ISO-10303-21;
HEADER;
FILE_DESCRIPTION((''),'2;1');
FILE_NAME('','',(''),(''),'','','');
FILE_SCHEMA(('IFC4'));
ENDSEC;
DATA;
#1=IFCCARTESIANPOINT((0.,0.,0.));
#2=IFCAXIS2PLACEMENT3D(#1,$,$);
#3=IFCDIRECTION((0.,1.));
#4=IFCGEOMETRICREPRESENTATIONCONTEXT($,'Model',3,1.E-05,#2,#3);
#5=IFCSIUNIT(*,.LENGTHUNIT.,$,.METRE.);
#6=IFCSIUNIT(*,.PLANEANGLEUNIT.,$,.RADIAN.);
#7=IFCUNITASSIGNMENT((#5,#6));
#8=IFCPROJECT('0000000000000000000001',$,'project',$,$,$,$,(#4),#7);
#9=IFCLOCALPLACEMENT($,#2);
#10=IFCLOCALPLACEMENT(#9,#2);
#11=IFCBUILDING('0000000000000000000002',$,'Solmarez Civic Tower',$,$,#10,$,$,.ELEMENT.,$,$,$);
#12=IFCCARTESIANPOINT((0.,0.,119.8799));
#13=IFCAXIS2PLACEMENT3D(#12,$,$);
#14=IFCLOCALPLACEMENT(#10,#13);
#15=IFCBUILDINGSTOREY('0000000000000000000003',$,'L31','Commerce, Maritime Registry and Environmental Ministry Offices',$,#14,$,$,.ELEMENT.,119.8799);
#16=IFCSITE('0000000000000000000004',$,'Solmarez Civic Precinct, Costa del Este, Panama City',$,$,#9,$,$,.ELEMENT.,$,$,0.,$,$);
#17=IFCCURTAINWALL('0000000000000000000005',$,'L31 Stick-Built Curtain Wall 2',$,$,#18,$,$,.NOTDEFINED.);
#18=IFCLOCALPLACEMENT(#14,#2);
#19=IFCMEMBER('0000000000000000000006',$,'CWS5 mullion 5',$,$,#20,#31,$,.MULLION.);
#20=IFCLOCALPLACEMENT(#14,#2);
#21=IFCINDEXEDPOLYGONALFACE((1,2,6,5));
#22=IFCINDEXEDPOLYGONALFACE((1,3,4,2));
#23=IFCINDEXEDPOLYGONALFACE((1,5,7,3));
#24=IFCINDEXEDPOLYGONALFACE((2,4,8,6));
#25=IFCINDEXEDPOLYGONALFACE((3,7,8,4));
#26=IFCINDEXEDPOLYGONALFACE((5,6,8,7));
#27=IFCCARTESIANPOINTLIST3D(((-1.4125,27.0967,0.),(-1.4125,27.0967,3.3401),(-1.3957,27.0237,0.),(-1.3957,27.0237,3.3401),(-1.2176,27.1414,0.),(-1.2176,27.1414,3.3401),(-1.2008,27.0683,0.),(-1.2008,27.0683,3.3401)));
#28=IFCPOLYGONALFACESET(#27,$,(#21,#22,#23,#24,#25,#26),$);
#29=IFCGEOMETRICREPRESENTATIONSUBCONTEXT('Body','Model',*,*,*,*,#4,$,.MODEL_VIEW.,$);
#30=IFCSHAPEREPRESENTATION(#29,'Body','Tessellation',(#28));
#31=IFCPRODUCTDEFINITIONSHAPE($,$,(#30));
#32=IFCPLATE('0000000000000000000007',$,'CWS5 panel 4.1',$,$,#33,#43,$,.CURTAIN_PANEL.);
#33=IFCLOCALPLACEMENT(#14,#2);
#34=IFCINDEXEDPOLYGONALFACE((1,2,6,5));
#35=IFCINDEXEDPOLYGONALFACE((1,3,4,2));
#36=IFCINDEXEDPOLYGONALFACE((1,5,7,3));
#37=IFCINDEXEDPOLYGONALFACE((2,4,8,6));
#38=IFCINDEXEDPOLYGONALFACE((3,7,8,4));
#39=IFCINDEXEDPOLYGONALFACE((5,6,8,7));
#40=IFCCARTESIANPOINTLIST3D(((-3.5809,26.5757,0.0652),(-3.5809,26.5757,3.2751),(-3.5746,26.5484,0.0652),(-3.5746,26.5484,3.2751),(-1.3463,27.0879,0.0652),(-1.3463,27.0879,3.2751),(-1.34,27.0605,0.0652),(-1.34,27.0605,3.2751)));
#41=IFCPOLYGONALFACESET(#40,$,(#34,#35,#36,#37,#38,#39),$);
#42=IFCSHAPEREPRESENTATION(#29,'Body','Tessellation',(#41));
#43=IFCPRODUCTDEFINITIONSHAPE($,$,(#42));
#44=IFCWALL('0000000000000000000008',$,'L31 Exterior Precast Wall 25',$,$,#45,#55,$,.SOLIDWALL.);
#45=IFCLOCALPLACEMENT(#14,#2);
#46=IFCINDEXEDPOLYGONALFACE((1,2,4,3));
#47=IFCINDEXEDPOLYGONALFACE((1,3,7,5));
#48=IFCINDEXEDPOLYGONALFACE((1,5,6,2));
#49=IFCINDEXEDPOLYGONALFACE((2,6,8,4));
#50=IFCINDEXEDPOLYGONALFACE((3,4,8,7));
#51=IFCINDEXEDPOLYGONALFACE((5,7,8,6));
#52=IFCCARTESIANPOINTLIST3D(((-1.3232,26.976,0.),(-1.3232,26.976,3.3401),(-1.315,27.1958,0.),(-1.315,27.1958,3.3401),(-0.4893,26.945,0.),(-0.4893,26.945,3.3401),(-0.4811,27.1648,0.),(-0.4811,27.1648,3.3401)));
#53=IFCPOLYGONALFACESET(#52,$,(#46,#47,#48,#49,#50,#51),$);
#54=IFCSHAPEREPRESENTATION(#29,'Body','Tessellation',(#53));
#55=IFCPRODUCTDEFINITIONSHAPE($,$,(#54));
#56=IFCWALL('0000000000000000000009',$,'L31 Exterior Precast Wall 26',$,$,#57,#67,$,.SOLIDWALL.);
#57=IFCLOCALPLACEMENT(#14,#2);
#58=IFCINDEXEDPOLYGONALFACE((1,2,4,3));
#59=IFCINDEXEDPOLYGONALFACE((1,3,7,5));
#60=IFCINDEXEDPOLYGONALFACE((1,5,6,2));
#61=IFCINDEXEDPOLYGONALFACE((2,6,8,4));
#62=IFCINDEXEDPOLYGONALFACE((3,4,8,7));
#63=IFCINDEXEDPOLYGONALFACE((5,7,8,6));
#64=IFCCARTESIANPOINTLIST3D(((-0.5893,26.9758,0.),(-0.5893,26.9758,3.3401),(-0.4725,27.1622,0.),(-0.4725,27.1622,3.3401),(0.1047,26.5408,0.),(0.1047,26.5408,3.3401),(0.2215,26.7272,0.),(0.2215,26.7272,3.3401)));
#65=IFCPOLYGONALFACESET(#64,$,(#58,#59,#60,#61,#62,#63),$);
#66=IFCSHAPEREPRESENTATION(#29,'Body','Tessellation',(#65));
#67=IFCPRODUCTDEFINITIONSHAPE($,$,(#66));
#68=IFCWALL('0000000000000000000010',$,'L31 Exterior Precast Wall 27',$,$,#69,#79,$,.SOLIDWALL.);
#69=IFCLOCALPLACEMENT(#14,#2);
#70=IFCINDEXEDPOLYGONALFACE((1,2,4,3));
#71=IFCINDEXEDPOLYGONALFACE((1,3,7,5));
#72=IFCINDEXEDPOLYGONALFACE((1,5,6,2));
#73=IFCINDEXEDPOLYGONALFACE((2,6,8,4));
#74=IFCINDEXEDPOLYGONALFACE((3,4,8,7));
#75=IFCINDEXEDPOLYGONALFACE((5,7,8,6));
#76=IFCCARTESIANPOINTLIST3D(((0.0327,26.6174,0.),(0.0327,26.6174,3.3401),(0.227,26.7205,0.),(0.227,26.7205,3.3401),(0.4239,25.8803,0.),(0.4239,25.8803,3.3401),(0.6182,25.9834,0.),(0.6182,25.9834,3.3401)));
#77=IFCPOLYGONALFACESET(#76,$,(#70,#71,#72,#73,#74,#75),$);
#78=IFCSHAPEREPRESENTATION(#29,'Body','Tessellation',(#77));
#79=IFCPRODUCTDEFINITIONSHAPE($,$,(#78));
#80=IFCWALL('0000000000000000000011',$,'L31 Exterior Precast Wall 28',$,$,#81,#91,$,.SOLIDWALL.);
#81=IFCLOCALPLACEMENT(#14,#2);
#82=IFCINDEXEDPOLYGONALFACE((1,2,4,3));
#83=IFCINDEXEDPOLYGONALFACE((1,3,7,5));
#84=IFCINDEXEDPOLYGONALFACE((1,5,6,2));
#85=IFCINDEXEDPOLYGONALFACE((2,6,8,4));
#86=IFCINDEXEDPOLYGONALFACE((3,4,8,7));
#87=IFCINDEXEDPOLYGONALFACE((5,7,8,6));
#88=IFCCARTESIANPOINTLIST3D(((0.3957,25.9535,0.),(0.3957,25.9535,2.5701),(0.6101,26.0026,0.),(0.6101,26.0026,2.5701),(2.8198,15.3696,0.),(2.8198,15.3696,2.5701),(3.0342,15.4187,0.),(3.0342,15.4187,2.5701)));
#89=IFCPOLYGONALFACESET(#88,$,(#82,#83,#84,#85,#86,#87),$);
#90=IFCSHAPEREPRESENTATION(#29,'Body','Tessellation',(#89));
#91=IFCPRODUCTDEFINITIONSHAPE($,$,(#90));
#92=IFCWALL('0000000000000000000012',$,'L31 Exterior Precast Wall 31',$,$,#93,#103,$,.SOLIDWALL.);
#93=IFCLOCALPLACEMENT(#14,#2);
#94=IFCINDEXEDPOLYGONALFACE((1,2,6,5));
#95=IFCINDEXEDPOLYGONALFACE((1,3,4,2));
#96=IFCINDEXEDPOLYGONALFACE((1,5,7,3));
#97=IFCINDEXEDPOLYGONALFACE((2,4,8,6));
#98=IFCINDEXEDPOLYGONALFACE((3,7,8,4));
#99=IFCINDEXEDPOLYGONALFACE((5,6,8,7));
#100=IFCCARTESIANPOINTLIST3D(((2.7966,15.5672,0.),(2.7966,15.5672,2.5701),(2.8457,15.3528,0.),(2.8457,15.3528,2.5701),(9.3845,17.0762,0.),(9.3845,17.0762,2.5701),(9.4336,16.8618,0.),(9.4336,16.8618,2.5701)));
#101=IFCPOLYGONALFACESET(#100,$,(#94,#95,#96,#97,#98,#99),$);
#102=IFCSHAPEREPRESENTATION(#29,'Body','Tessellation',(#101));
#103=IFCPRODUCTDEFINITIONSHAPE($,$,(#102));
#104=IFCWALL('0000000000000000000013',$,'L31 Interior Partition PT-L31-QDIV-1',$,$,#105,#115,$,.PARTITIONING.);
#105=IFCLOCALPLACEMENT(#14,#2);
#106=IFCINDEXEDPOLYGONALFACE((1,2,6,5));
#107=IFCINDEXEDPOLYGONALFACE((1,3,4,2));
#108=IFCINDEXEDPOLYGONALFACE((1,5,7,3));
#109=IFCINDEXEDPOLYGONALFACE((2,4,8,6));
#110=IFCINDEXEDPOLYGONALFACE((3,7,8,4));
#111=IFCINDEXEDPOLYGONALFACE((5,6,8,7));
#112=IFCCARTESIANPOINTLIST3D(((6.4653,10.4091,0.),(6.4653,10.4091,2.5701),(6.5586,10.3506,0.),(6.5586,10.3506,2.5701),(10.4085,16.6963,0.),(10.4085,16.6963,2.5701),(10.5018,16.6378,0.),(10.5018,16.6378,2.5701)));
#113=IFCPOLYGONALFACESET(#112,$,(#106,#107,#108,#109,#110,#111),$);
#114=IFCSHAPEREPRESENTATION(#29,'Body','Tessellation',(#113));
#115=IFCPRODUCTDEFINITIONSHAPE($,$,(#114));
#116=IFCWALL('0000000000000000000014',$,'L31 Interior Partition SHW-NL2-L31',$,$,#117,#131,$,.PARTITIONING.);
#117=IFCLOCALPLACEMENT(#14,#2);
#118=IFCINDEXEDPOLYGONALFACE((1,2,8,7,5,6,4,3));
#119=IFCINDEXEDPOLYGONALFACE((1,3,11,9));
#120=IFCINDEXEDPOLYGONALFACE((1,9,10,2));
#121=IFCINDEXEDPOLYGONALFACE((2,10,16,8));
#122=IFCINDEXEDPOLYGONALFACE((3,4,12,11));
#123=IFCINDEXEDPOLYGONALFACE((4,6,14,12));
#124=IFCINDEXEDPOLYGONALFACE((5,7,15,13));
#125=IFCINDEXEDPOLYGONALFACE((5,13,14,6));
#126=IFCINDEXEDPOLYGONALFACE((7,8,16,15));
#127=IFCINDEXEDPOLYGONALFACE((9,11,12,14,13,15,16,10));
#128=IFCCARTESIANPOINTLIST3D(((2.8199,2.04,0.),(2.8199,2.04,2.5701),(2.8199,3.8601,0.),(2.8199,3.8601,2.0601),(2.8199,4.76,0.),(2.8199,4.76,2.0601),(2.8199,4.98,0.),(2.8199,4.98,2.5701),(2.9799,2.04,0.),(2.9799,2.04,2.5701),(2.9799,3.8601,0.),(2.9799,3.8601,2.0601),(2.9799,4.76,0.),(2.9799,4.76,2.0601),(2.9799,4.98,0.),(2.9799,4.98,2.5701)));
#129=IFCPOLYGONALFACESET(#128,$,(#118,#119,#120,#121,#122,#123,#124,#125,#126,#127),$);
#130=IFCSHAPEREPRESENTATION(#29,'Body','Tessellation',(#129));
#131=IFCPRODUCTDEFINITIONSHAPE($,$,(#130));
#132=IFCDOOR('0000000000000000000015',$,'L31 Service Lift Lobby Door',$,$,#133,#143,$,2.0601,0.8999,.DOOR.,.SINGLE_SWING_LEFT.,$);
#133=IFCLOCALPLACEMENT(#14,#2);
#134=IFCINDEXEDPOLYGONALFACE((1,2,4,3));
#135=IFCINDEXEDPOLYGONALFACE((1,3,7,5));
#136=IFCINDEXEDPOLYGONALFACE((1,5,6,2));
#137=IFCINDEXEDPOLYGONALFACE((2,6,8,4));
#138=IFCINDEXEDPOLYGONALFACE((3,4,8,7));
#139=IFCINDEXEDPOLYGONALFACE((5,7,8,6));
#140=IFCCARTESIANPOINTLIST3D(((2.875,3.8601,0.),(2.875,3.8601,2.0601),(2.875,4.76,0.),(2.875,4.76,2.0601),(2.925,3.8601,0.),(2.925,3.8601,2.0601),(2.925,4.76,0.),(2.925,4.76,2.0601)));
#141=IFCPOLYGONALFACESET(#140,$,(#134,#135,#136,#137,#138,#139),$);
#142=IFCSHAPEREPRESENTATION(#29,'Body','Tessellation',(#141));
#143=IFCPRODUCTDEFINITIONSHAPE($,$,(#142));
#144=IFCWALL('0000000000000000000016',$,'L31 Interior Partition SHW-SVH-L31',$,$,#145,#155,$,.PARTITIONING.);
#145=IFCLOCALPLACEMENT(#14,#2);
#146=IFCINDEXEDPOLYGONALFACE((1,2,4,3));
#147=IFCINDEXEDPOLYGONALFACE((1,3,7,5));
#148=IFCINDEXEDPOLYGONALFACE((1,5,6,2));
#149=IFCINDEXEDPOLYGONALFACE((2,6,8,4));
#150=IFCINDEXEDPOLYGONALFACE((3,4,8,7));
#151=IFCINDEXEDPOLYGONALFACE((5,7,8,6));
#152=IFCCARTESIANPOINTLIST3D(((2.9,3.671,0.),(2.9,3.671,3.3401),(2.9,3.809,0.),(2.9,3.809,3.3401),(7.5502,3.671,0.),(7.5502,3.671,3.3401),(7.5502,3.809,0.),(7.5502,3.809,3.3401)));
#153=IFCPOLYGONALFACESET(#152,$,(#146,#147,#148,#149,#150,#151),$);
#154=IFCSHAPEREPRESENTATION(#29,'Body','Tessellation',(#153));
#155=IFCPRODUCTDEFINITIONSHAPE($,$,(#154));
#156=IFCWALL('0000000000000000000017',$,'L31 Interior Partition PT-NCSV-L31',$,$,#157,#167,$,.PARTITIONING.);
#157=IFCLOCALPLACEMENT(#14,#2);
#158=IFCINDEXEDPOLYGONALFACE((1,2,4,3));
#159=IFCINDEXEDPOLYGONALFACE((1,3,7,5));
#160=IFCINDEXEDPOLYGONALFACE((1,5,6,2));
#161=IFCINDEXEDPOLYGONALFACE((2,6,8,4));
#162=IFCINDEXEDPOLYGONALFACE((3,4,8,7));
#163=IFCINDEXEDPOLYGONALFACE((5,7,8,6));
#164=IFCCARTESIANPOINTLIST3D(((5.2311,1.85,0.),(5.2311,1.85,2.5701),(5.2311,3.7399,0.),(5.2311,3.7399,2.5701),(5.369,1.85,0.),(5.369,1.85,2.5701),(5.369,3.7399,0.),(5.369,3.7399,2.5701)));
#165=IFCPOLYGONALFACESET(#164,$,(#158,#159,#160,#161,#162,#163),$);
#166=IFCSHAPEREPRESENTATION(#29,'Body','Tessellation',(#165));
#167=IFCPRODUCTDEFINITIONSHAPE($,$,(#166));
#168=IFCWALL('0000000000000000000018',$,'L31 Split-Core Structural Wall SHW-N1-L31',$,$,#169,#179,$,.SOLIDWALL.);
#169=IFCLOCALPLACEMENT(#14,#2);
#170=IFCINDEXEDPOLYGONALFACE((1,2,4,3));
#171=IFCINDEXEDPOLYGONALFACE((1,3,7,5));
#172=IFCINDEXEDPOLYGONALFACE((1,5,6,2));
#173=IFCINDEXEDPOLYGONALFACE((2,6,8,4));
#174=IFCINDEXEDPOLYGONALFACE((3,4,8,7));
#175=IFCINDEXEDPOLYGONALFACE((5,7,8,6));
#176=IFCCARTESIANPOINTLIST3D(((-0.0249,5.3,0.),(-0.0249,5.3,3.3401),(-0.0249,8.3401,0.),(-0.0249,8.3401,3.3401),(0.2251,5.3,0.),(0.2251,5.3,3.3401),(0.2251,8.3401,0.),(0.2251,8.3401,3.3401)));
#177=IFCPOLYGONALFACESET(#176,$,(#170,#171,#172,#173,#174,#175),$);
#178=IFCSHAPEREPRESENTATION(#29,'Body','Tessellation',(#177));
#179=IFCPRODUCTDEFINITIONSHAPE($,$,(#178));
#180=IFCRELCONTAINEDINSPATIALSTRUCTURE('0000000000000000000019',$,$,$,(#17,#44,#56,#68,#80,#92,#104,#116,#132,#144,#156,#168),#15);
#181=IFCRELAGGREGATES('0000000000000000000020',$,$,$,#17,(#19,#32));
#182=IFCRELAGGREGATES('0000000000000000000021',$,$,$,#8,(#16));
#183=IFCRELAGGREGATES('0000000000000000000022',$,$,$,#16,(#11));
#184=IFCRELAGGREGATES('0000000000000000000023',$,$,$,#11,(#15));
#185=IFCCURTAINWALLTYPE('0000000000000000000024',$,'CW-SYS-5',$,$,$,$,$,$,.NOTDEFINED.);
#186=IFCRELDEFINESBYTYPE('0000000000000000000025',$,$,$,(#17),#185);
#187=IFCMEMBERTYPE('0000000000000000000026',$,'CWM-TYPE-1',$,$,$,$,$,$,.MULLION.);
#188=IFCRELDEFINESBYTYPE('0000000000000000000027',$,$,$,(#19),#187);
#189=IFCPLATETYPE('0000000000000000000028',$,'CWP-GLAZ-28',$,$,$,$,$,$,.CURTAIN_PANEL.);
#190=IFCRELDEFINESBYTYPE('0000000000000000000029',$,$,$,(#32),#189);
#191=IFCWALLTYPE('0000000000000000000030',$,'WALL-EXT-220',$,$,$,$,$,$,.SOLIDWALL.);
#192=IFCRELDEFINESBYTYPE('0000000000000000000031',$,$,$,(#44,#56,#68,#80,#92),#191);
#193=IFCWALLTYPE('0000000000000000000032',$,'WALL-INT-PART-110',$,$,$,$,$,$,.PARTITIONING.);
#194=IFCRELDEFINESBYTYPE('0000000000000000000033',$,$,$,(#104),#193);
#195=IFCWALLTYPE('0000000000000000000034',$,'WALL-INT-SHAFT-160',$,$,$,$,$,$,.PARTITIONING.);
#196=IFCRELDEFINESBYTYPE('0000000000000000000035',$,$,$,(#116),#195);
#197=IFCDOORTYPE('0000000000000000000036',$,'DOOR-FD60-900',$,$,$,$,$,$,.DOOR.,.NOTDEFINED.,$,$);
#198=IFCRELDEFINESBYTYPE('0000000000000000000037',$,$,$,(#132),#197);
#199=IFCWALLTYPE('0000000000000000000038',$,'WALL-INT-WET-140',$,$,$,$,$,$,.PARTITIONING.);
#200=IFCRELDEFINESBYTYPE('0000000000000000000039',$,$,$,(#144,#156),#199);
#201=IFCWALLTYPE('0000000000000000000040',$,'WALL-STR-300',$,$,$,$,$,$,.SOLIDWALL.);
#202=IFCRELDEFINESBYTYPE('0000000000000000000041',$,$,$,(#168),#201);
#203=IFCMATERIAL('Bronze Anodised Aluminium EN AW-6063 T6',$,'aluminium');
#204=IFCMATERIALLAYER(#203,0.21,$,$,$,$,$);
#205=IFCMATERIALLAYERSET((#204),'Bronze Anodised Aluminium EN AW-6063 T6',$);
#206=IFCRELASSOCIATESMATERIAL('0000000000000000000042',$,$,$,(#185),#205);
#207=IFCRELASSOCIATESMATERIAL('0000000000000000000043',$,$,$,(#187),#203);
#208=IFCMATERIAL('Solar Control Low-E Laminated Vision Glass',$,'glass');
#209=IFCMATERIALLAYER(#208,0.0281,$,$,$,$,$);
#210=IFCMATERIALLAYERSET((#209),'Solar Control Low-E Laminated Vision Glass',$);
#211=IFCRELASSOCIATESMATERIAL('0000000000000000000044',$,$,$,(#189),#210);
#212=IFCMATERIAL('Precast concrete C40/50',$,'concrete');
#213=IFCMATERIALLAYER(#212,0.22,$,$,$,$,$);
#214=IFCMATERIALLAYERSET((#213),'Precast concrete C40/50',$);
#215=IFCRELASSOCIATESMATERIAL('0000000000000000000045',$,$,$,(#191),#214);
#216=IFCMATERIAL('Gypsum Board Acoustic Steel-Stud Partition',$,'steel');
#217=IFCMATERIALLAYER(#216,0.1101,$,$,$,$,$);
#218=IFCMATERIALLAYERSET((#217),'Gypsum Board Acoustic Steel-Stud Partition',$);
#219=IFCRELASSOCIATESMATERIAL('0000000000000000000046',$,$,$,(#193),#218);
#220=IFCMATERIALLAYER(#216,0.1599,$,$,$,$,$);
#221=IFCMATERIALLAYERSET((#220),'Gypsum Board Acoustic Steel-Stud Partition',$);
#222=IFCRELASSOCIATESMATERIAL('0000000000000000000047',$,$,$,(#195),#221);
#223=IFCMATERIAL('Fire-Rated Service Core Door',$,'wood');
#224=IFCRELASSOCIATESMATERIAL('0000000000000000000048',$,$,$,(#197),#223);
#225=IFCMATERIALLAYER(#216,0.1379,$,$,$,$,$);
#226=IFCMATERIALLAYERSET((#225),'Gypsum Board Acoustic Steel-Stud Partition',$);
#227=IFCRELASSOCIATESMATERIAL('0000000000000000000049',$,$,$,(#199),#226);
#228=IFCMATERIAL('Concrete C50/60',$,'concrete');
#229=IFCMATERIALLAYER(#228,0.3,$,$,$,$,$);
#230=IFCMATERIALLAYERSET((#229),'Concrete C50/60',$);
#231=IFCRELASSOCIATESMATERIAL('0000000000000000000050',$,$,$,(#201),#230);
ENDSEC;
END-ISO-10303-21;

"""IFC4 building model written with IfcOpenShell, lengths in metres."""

from ifc_helpers import new_model, si_unit, direction, frame, frame_2d, origin, origin_2d, place, context, subcontext, project, spatial, rectangle, extrude, material, layer, layer_set, material_profile, profile_set, type_object, element, fill, aggregate, save


model = new_model("IFC4")

# Units and contexts
model_context = context("Model", 3, precision=1e-05, world=origin(), true_north=direction((0.0, 1.0)))
body_context = subcontext(model_context, "Body", "Model", "MODEL_VIEW")
ifc_project = project(units=[si_unit("LENGTHUNIT", "METRE"), si_unit("PLANEANGLEUNIT", "RADIAN")], contexts=[model_context])

# Site, building, storey
site_placement = place(None, origin())
site = spatial("IfcSite", under=ifc_project, at=site_placement, Name="Solmarez Civic Precinct, Costa del Este, Panama City", CompositionType="ELEMENT", RefElevation=0.0)
building_placement = place(site_placement, origin())
building = spatial("IfcBuilding", under=site, at=building_placement, Name="Solmarez Civic Tower", CompositionType="ELEMENT")
storey_placement = place(building_placement, frame((0.0, 0.0, 119.8799)))
storey = spatial("IfcBuildingStorey", under=building, at=storey_placement, Name="L31", Description="Commerce, Maritime Registry and Environmental Ministry Offices", CompositionType="ELEMENT", Elevation=119.8799)

# Shared definitions
ifc_material_1 = material(Name="Concrete C50/60", Category="concrete")

# Curtain wall, member, plate
ifc_material_2 = material(Name="Bronze Anodised Aluminium EN AW-6063 T6", Category="aluminium")
ifc_layer_1 = layer(ifc_material_2, 0.21)
ifc_layer_set_1 = layer_set([ifc_layer_1], Name="Bronze Anodised Aluminium EN AW-6063 T6")
curtain_wall_type = type_object("IfcCurtainWallType", Name="CW-SYS-5", PredefinedType="NOTDEFINED", material=ifc_layer_set_1)
curtain_wall_placement = place(storey_placement, origin())
curtain_wall = element("IfcCurtainWall", 1, at=curtain_wall_placement, inside=storey, type_object=curtain_wall_type, Name="L31 Stick-Built Curtain Wall 2", PredefinedType="NOTDEFINED")
ifc_material_profile_1 = material_profile(ifc_material_2, rectangle(XDim=0.075, YDim=0.2, at=origin_2d()), Name="CWM-75X200")
ifc_profile_set_1 = profile_set([ifc_material_profile_1], Name="Bronze Anodised Aluminium EN AW-6063 T6")
member_type = type_object("IfcMemberType", Name="CWM-TYPE-1", PredefinedType="MULLION", material=ifc_profile_set_1)
member_placement = place(storey_placement, frame((-1.3066, 27.0825, 0.0), z_axis=(0.0, 0.0, 1.0), x_axis=(-0.223386, 0.97473, 0.0)))
member = element("IfcMember", 2, at=member_placement, type_object=member_type, Name="CWS5 mullion 5", PredefinedType="MULLION", context=body_context, shape_type="SweptSolid", body=[
    extrude(rectangle(XDim=0.075, YDim=0.2, at=origin_2d()), origin(), (0.0, 0.0, 1.0), 3.3401),
])
ifc_material_3 = material(Name="Solar Control Low-E Laminated Vision Glass", Category="glass")
ifc_layer_2 = layer(ifc_material_3, 0.0281)
ifc_layer_set_2 = layer_set([ifc_layer_2], Name="Solar Control Low-E Laminated Vision Glass")
plate_type = type_object("IfcPlateType", Name="CWP-GLAZ-28", PredefinedType="CURTAIN_PANEL", material=ifc_layer_set_2)
plate_placement = place(storey_placement, frame((-2.4604, 26.8181, 0.0652), z_axis=(0.0, 0.0, 1.0), x_axis=(0.97473, 0.223386, 0.0)))
plate = element("IfcPlate", 3, at=plate_placement, type_object=plate_type, Name="CWS5 panel 4.1", PredefinedType="CURTAIN_PANEL", context=body_context, shape_type="SweptSolid", body=[
    extrude(rectangle(XDim=2.2925, YDim=0.0281, at=origin_2d()), origin(), (0.0, 0.0, 1.0), 3.21),
])
aggregate(curtain_wall, [member, plate])

# Walls
ifc_material_4 = material(Name="Precast concrete C40/50", Category="concrete")
ifc_layer_3 = layer(ifc_material_4, 0.22)
ifc_layer_set_3 = layer_set([ifc_layer_3], Name="Precast concrete C40/50")
wall_type_1 = type_object("IfcWallType", Name="WALL-EXT-220", PredefinedType="SOLIDWALL", material=ifc_layer_set_3)
wall_1_placement = place(storey_placement, frame((-1.3191, 27.0859, 0.0), z_axis=(0.0, 0.0, 1.0), x_axis=(0.99931, -0.037152, 0.0)))
element("IfcWall", 4, at=wall_1_placement, inside=storey, type_object=wall_type_1, Name="L31 Exterior Precast Wall 25", PredefinedType="SOLIDWALL", context=body_context, shape_type="SweptSolid", body=[
    extrude(rectangle(XDim=0.8345, YDim=0.22, at=frame_2d((0.4172, 0.0))), origin(), (0.0, 0.0, 1.0), 3.3401),
])
wall_2_placement = place(storey_placement, frame((-0.531, 27.0691, 0.0), z_axis=(0.0, 0.0, 1.0), x_axis=(0.847311, -0.531097, 0.0)))
element("IfcWall", 5, at=wall_2_placement, inside=storey, type_object=wall_type_1, Name="L31 Exterior Precast Wall 26", PredefinedType="SOLIDWALL", context=body_context, shape_type="SweptSolid", body=[
    extrude(rectangle(XDim=0.8191, YDim=0.22, at=frame_2d((0.4097, 0.0))), origin(), (0.0, 0.0, 1.0), 3.3401),
])
wall_3_placement = place(storey_placement, frame((0.1299, 26.6689, 0.0), z_axis=(0.0, 0.0, 1.0), x_axis=(0.468734, -0.883339, 0.0)))
element("IfcWall", 6, at=wall_3_placement, inside=storey, type_object=wall_type_1, Name="L31 Exterior Precast Wall 27", PredefinedType="SOLIDWALL", context=body_context, shape_type="SweptSolid", body=[
    extrude(rectangle(XDim=0.8345, YDim=0.22, at=frame_2d((0.4172, 0.0))), origin(), (0.0, 0.0, 1.0), 3.3401),
])
wall_4_placement = place(storey_placement, frame((0.5029, 25.978, 0.0), z_axis=(0.0, 0.0, 1.0), x_axis=(0.223252, -0.974761, 0.0)))
element("IfcWall", 7, at=wall_4_placement, inside=storey, type_object=wall_type_1, Name="L31 Exterior Precast Wall 28", PredefinedType="SOLIDWALL", context=body_context, shape_type="SweptSolid", body=[
    extrude(rectangle(XDim=10.8579, YDim=0.22, at=frame_2d((5.429, 0.0))), origin(), (0.0, 0.0, 1.0), 2.5701),
])
wall_5_placement = place(storey_placement, frame((2.821, 15.46, 0.0), z_axis=(0.0, 0.0, 1.0), x_axis=(0.974755, 0.223279, 0.0)))
element("IfcWall", 8, at=wall_5_placement, inside=storey, type_object=wall_type_1, Name="L31 Exterior Precast Wall 31", PredefinedType="SOLIDWALL", context=body_context, shape_type="SweptSolid", body=[
    extrude(rectangle(XDim=6.7585, YDim=0.22, at=frame_2d((3.3794, 0.0))), origin(), (0.0, 0.0, 1.0), 2.5701),
])
ifc_material_5 = material(Name="Gypsum Board Acoustic Steel-Stud Partition", Category="steel")
ifc_layer_4 = layer(ifc_material_5, 0.1101)
ifc_layer_set_4 = layer_set([ifc_layer_4], Name="Gypsum Board Acoustic Steel-Stud Partition")
wall_type_2 = type_object("IfcWallType", Name="WALL-INT-PART-110", PredefinedType="PARTITIONING", material=ifc_layer_set_4)
wall_6_placement = place(storey_placement, frame((6.512, 10.3799, 0.0), z_axis=(0.0, 0.0, 1.0), x_axis=(0.531323, 0.847169, 0.0)))
element("IfcWall", 9, at=wall_6_placement, inside=storey, type_object=wall_type_2, Name="L31 Interior Partition PT-L31-QDIV-1", PredefinedType="PARTITIONING", context=body_context, shape_type="SweptSolid", body=[
    extrude(rectangle(XDim=7.4214, YDim=0.1101, at=frame_2d((3.7107, 0.0))), origin(), (0.0, 0.0, 1.0), 2.5701),
])

# Wall, opening, door
ifc_layer_5 = layer(ifc_material_5, 0.1599)
ifc_layer_set_5 = layer_set([ifc_layer_5], Name="Gypsum Board Acoustic Steel-Stud Partition")
wall_type_3 = type_object("IfcWallType", Name="WALL-INT-SHAFT-160", PredefinedType="PARTITIONING", material=ifc_layer_set_5)
wall_7_placement = place(storey_placement, frame((2.8999, 2.04, 0.0), z_axis=(0.0, 0.0, 1.0), x_axis=(0.0, 1.0, 0.0)))
wall_7 = element("IfcWall", 10, at=wall_7_placement, inside=storey, type_object=wall_type_3, Name="L31 Interior Partition SHW-NL2-L31", PredefinedType="PARTITIONING", context=body_context, shape_type="SweptSolid", body=[
    extrude(rectangle(XDim=2.9399, YDim=0.1599, at=frame_2d((1.47, 0.0))), origin(), (0.0, 0.0, 1.0), 2.5701),
])
opening_1_placement = place(wall_7_placement, frame((1.8201, 0.0, 0.0)))
opening_1 = element("IfcOpeningElement", 11, at=opening_1_placement, cuts=wall_7, PredefinedType="OPENING", context=body_context, shape_type="SweptSolid", body=[
    extrude(rectangle(XDim=0.8999, YDim=2.0601, at=frame_2d((0.45, 1.03))), frame((0.0, 0.0898, 0.0), z_axis=(0.0, -1.0, 0.0), x_axis=(1.0, 0.0, 0.0)), (0.0, 0.0, 1.0), 0.1799),
])
ifc_material_6 = material(Name="Fire-Rated Service Core Door", Category="wood")
door_type_1 = type_object("IfcDoorType", Name="DOOR-FD60-900", OperationType="NOTDEFINED", PredefinedType="DOOR", material=ifc_material_6)
door_1_placement = place(opening_1_placement, origin())
door_1 = element("IfcDoor", 12, at=door_1_placement, inside=storey, type_object=door_type_1, Name="L31 Service Lift Lobby Door", OperationType="SINGLE_SWING_LEFT", OverallHeight=2.0601, OverallWidth=0.8999, PredefinedType="DOOR", context=body_context, shape_type="SweptSolid", body=[
    extrude(rectangle(XDim=0.8999, YDim=2.0601, at=frame_2d((0.45, 1.03))), frame((0.0, 0.0249, 0.0), z_axis=(0.0, -1.0, 0.0), x_axis=(1.0, 0.0, 0.0)), (0.0, 0.0, 1.0), 0.05),
])
fill(opening_1, door_1)

# Walls
ifc_layer_6 = layer(ifc_material_5, 0.1379)
ifc_layer_set_6 = layer_set([ifc_layer_6], Name="Gypsum Board Acoustic Steel-Stud Partition")
wall_type_4 = type_object("IfcWallType", Name="WALL-INT-WET-140", PredefinedType="PARTITIONING", material=ifc_layer_set_6)
wall_8_placement = place(storey_placement, frame((2.8999, 3.74, 0.0), z_axis=(0.0, 0.0, 1.0), x_axis=(1.0, 0.0, 0.0)))
element("IfcWall", 13, at=wall_8_placement, inside=storey, type_object=wall_type_4, Name="L31 Interior Partition SHW-SVH-L31", PredefinedType="PARTITIONING", context=body_context, shape_type="SweptSolid", body=[
    extrude(rectangle(XDim=4.6501, YDim=0.1379, at=frame_2d((2.3252, 0.0))), origin(), (0.0, 0.0, 1.0), 3.3401),
])
wall_9_placement = place(storey_placement, frame((5.3, 1.8501, 0.0), z_axis=(0.0, 0.0, 1.0), x_axis=(0.0, 1.0, 0.0)))
element("IfcWall", 14, at=wall_9_placement, inside=storey, type_object=wall_type_4, Name="L31 Interior Partition PT-NCSV-L31", PredefinedType="PARTITIONING", context=body_context, shape_type="SweptSolid", body=[
    extrude(rectangle(XDim=1.8899, YDim=0.1379, at=frame_2d((0.9448, 0.0))), origin(), (0.0, 0.0, 1.0), 2.5701),
])

# Shared definitions
ifc_layer_7 = layer(ifc_material_1, 0.3)
ifc_layer_set_7 = layer_set([ifc_layer_7], Name="Concrete C50/60")
wall_type_5 = type_object("IfcWallType", Name="WALL-STR-300", PredefinedType="SOLIDWALL", material=ifc_layer_set_7)

# Wall
for number, where, z_axis, x_axis, name in (
    (15, (0.1001, 5.3, 0.0), (0.0, 0.0, 1.0), (0.0, 1.0, 0.0), "L31 Split-Core Structural Wall SHW-N1-L31"),
):
    element("IfcWall", number, at=place(storey_placement, frame(where, z_axis=z_axis, x_axis=x_axis)), inside=storey, type_object=wall_type_5, Name=name, PredefinedType="SOLIDWALL", context=body_context, shape_type="SweptSolid", body=[
        extrude(rectangle(XDim=3.04, YDim=0.25, at=frame_2d((1.52, 0.0))), origin(), (0.0, 0.0, 1.0), 3.3401),
    ])

save(model, "model.ifc")
